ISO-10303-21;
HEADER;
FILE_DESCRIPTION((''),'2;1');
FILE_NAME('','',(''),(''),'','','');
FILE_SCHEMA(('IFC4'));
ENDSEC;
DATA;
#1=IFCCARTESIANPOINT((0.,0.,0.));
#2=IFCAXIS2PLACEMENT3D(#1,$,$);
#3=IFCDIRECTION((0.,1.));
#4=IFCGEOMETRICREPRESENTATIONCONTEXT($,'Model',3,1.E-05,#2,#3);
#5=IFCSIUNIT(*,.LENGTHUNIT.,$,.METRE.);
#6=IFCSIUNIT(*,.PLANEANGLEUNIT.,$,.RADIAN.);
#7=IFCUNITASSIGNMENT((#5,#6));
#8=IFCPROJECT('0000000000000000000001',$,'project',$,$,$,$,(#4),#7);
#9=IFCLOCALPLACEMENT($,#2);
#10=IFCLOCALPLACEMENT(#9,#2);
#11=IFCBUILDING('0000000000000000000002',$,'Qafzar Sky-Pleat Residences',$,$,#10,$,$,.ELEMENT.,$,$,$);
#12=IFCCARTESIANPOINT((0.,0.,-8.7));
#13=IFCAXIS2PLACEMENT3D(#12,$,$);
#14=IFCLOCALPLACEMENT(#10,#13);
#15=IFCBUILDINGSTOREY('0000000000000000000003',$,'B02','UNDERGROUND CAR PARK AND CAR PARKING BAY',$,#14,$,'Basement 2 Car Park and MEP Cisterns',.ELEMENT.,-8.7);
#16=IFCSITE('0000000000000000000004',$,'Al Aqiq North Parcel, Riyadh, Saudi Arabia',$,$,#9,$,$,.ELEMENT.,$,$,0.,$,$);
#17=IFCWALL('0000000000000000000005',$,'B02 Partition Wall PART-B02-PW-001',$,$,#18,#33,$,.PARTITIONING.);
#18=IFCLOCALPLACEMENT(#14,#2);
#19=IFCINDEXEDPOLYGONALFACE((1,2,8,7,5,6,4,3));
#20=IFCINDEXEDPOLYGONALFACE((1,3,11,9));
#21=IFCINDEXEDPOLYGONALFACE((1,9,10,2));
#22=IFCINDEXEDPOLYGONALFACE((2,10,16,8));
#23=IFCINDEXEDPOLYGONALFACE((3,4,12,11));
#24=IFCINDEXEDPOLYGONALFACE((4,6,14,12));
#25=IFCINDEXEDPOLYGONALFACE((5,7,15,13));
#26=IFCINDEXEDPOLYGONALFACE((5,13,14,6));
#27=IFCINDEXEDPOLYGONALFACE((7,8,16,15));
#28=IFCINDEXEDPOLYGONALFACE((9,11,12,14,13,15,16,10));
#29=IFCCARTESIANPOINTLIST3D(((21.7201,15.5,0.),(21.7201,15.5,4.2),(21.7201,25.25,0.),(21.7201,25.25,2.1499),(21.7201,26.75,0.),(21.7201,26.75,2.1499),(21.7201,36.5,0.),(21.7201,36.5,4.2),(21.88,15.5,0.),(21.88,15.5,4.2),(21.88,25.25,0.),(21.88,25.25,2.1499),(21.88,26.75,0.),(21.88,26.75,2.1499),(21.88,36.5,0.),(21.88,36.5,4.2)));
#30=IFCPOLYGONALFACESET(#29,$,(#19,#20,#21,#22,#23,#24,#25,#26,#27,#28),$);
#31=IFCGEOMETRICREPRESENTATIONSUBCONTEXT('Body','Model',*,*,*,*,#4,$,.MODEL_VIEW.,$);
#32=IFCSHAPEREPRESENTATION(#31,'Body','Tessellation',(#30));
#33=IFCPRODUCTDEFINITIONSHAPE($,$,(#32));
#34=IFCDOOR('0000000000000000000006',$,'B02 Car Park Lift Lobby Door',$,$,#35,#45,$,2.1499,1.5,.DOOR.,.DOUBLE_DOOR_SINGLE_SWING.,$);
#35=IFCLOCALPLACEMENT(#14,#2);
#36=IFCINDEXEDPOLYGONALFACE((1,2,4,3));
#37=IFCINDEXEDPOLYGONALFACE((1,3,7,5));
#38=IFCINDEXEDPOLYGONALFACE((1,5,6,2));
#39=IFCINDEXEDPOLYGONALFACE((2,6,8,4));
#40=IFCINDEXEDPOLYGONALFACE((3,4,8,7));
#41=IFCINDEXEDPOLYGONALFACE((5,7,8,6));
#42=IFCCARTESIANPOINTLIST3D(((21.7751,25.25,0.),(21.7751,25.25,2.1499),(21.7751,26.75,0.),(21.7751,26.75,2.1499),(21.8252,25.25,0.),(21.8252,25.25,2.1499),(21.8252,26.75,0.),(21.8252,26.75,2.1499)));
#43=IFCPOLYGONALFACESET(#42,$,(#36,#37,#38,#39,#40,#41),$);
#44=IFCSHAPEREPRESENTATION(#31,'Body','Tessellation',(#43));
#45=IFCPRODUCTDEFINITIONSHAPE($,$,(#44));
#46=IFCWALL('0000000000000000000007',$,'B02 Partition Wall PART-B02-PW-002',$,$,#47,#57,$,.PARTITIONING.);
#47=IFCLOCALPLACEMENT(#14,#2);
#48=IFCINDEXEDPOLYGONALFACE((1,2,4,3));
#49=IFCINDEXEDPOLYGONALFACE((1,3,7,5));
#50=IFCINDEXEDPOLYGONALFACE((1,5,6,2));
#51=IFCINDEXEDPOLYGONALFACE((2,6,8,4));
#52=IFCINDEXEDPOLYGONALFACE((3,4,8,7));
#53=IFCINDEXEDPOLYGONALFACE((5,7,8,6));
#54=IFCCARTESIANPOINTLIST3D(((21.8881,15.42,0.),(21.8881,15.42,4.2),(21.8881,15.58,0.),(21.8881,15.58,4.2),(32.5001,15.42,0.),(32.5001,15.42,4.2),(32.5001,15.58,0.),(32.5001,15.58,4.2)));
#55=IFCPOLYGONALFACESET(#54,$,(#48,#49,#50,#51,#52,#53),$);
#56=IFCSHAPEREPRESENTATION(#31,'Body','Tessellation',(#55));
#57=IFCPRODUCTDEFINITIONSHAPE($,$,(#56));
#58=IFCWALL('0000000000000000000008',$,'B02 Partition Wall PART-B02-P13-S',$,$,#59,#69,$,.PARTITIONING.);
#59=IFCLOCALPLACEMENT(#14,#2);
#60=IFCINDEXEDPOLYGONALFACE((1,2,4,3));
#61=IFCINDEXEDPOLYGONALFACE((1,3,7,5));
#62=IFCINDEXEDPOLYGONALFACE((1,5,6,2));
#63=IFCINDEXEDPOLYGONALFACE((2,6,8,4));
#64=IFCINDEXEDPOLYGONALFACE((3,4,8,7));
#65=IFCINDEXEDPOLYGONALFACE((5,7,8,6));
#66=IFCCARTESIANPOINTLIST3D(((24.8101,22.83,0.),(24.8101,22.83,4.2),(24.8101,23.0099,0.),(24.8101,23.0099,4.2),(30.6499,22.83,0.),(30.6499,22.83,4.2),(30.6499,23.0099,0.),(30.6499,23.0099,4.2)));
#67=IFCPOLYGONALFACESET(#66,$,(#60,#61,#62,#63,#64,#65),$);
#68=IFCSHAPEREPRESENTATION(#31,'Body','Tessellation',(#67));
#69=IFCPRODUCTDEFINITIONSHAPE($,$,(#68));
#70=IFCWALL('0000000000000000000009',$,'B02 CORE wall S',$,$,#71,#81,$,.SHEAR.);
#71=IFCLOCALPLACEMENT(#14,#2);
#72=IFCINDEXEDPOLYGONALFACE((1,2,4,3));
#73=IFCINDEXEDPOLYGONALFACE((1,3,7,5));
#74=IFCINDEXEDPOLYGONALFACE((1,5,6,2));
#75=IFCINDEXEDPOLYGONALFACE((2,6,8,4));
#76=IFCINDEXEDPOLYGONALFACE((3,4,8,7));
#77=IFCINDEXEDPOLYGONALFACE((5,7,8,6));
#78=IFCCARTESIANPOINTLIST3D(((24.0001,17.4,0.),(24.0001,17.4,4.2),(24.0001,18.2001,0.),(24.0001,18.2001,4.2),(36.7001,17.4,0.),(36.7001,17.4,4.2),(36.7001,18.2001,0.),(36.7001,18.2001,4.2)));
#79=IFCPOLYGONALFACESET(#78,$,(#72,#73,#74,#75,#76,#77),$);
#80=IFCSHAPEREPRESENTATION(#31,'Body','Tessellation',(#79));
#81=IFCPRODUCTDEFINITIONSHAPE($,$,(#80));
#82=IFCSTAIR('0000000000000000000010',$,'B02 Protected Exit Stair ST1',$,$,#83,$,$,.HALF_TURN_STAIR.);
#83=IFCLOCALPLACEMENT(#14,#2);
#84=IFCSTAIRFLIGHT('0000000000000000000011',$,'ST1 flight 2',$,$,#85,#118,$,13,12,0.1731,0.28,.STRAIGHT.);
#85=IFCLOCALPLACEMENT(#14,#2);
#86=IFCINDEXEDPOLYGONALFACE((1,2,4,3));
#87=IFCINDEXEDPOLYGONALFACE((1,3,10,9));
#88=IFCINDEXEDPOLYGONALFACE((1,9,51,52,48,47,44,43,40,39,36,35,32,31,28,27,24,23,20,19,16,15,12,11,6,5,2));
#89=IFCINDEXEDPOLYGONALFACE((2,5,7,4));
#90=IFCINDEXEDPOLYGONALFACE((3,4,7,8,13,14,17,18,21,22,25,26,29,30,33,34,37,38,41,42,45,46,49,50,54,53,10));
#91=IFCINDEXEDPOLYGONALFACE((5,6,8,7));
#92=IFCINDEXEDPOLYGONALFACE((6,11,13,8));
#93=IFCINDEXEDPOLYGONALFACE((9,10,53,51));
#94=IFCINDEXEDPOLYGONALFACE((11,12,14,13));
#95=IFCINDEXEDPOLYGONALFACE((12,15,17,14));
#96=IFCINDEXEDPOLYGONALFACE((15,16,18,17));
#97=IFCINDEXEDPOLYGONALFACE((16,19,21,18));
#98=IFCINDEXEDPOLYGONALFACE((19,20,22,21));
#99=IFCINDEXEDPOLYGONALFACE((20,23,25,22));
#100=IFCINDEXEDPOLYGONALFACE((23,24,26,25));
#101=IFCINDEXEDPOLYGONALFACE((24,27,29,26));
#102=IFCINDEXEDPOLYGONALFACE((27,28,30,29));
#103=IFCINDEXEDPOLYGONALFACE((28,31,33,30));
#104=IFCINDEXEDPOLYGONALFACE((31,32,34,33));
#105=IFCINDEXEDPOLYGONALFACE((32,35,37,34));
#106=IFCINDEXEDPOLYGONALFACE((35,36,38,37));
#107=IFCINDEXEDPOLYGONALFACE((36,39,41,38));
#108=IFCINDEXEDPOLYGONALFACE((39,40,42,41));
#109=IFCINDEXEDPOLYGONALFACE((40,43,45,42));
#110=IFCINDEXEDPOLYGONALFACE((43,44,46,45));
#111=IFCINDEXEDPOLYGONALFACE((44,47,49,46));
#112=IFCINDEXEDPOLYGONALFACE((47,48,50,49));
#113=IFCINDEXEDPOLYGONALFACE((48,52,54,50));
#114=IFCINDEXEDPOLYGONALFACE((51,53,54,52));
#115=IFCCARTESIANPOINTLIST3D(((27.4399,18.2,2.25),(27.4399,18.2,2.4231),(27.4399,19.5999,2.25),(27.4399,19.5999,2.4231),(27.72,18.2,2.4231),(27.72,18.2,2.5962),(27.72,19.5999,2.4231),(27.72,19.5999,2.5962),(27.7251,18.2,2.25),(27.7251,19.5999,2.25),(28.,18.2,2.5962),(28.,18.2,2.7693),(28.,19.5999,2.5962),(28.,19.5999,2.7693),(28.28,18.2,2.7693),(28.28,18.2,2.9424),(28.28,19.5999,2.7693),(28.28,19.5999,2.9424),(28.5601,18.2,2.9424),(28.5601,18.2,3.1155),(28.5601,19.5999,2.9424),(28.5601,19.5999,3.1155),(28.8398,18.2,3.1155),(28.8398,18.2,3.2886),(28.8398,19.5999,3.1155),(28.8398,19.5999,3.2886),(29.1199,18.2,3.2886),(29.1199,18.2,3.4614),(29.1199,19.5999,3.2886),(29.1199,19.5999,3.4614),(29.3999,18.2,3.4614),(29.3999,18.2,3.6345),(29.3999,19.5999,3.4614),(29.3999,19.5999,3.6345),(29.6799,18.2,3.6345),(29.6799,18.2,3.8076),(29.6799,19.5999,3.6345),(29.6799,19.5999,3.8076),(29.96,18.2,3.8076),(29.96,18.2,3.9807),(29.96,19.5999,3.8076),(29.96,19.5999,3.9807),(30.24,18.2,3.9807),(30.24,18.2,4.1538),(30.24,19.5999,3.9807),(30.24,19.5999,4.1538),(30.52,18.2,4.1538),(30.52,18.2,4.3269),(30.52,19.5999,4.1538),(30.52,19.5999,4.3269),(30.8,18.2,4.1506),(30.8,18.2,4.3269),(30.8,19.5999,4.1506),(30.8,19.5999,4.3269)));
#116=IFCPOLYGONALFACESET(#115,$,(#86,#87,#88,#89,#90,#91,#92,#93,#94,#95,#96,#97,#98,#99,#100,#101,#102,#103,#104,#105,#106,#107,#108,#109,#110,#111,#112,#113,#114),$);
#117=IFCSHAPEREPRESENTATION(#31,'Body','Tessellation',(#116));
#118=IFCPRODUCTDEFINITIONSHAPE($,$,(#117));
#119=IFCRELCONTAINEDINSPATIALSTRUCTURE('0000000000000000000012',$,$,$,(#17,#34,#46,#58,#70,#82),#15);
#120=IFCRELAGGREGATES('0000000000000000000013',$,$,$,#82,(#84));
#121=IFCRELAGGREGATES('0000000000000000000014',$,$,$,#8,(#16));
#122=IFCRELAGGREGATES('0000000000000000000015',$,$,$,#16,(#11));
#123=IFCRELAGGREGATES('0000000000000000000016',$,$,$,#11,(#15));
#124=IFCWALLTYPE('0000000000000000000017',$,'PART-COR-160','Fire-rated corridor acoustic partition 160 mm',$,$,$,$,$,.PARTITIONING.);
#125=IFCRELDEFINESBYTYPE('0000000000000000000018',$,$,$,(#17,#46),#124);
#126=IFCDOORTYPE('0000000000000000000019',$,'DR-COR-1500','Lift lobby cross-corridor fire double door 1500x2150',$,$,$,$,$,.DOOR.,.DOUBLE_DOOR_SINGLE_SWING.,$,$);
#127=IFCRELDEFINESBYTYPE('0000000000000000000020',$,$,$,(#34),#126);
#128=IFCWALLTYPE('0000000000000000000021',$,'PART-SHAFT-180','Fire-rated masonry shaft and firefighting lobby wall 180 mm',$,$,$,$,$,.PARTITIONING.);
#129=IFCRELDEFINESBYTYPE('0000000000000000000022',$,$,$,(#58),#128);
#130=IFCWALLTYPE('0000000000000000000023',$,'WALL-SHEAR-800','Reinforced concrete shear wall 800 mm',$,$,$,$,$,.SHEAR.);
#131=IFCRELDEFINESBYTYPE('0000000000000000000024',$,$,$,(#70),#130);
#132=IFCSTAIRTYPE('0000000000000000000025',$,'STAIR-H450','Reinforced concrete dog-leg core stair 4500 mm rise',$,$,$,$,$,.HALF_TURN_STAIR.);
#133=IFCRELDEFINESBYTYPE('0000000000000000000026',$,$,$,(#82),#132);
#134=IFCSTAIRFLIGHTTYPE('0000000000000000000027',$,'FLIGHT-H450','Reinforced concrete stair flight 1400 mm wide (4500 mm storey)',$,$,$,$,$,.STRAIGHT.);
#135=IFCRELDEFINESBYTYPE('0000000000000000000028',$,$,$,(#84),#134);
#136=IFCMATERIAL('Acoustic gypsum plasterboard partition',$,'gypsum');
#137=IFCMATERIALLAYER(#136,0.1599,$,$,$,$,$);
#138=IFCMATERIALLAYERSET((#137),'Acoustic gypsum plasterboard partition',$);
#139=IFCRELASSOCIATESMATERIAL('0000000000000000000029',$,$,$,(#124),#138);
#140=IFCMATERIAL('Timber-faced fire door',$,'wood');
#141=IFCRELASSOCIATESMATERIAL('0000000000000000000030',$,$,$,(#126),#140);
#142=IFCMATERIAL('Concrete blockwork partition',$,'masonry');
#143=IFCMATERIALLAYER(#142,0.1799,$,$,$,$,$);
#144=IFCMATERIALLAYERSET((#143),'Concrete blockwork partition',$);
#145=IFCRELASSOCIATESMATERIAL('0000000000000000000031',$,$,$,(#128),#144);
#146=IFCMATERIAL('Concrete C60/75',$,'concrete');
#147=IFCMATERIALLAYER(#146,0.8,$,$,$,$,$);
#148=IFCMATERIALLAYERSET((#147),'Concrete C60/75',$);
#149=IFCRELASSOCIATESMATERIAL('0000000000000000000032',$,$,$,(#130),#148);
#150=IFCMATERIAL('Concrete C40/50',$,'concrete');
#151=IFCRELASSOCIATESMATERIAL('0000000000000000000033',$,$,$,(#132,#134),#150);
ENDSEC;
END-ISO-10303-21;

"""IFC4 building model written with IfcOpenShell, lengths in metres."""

from ifc_helpers import new_model, si_unit, direction, frame, frame_2d, origin, place, context, subcontext, project, spatial, polyline, rectangle, outline, extrude, source, transform, mapped, material, layer, layer_set, type_object, element, fill, aggregate, save


model = new_model("IFC4")

# Units and contexts
model_context = context("Model", 3, precision=1e-05, world=origin(), true_north=direction((0.0, 1.0)))
body_context = subcontext(model_context, "Body", "Model", "MODEL_VIEW")
ifc_project = project(units=[si_unit("LENGTHUNIT", "METRE"), si_unit("PLANEANGLEUNIT", "RADIAN")], contexts=[model_context])

# Site, building, storey
site_placement = place(None, origin())
site = spatial("IfcSite", under=ifc_project, at=site_placement, Name="Al Aqiq North Parcel, Riyadh, Saudi Arabia", CompositionType="ELEMENT", RefElevation=0.0)
building_placement = place(site_placement, origin())
building = spatial("IfcBuilding", under=site, at=building_placement, Name="Qafzar Sky-Pleat Residences", CompositionType="ELEMENT")
storey_placement = place(building_placement, frame((0.0, 0.0, -8.7)))
storey = spatial("IfcBuildingStorey", under=building, at=storey_placement, Name="B02", Description="UNDERGROUND CAR PARK AND CAR PARKING BAY", LongName="Basement 2 Car Park and MEP Cisterns", CompositionType="ELEMENT", Elevation=-8.7)

# Shared definitions
ifc_material_1 = material(Name="Concrete C60/75", Category="concrete")

# Wall, opening, door
ifc_material_2 = material(Name="Acoustic gypsum plasterboard partition", Category="gypsum")
ifc_layer_1 = layer(ifc_material_2, 0.1599)
ifc_layer_set_1 = layer_set([ifc_layer_1], Name="Acoustic gypsum plasterboard partition")
wall_type_1 = type_object("IfcWallType", Name="PART-COR-160", Description="Fire-rated corridor acoustic partition 160 mm", PredefinedType="PARTITIONING", material=ifc_layer_set_1)
wall_1_placement = place(storey_placement, frame((21.8, 15.5, 0.0), z_axis=(0.0, 0.0, 1.0), x_axis=(0.0, 1.0, 0.0)))
wall_1 = element("IfcWall", 1, at=wall_1_placement, inside=storey, type_object=wall_type_1, Name="B02 Partition Wall PART-B02-PW-001", PredefinedType="PARTITIONING", context=body_context, shape_type="SweptSolid", body=[
    extrude(rectangle(XDim=21.0, YDim=0.1599, at=frame_2d((10.5, 0.0))), origin(), (0.0, 0.0, 1.0), 4.2),
])
opening_1_placement = place(wall_1_placement, frame((9.75, 0.0, 0.0)))
opening_1 = element("IfcOpeningElement", 2, at=opening_1_placement, cuts=wall_1, PredefinedType="OPENING", context=body_context, shape_type="SweptSolid", body=[
    extrude(rectangle(XDim=1.5, YDim=2.1499, at=frame_2d((0.75, 1.075))), frame((0.0, 0.0898, 0.0), z_axis=(0.0, -1.0, 0.0), x_axis=(1.0, 0.0, 0.0)), (0.0, 0.0, 1.0), 0.1799),
])
ifc_material_3 = material(Name="Timber-faced fire door", Category="wood")
door_type_1 = type_object("IfcDoorType", Name="DR-COR-1500", Description="Lift lobby cross-corridor fire double door 1500x2150", OperationType="DOUBLE_DOOR_SINGLE_SWING", PredefinedType="DOOR", material=ifc_material_3)
shared_shape_1 = source(origin(), body_context, "Body", "SweptSolid", [
    extrude(rectangle(XDim=1.5, YDim=2.1499, at=frame_2d((0.75, 1.075))), frame((0.0, 0.0249, 0.0), z_axis=(0.0, -1.0, 0.0), x_axis=(1.0, 0.0, 0.0)), (0.0, 0.0, 1.0), 0.05),
])
door_1_placement = place(opening_1_placement, origin())
door_1 = element("IfcDoor", 3, at=door_1_placement, inside=storey, type_object=door_type_1, Name="B02 Car Park Lift Lobby Door", OperationType="DOUBLE_DOOR_SINGLE_SWING", OverallHeight=2.1499, OverallWidth=1.5, PredefinedType="DOOR", context=body_context, shape_type="MappedRepresentation", body=[
    mapped(shared_shape_1, transform((0.0, 0.0, 0.0), x_axis=(1.0, 0.0, 0.0), y_axis=(0.0, 1.0, 0.0), z_axis=(0.0, 0.0, 1.0), scale=1.0)),
])
fill(opening_1, door_1)

# Walls
wall_2_placement = place(storey_placement, frame((21.8879, 15.5, 0.0), z_axis=(0.0, 0.0, 1.0), x_axis=(1.0, 0.0, 0.0)))
element("IfcWall", 4, at=wall_2_placement, inside=storey, type_object=wall_type_1, Name="B02 Partition Wall PART-B02-PW-002", PredefinedType="PARTITIONING", context=body_context, shape_type="SweptSolid", body=[
    extrude(rectangle(XDim=10.6121, YDim=0.1599, at=frame_2d((5.3062, 0.0))), origin(), (0.0, 0.0, 1.0), 4.2),
])
ifc_material_4 = material(Name="Concrete blockwork partition", Category="masonry")
ifc_layer_2 = layer(ifc_material_4, 0.1799)
ifc_layer_set_2 = layer_set([ifc_layer_2], Name="Concrete blockwork partition")
wall_type_2 = type_object("IfcWallType", Name="PART-SHAFT-180", Description="Fire-rated masonry shaft and firefighting lobby wall 180 mm", PredefinedType="PARTITIONING", material=ifc_layer_set_2)
wall_3_placement = place(storey_placement, frame((24.8101, 22.9199, 0.0), z_axis=(0.0, 0.0, 1.0), x_axis=(1.0, 0.0, 0.0)))
element("IfcWall", 5, at=wall_3_placement, inside=storey, type_object=wall_type_2, Name="B02 Partition Wall PART-B02-P13-S", PredefinedType="PARTITIONING", context=body_context, shape_type="SweptSolid", body=[
    extrude(rectangle(XDim=5.8398, YDim=0.1799, at=frame_2d((2.9199, 0.0))), origin(), (0.0, 0.0, 1.0), 4.2),
])

# Wall
ifc_layer_3 = layer(ifc_material_1, 0.8)
ifc_layer_set_3 = layer_set([ifc_layer_3], Name="Concrete C60/75")
wall_type_3 = type_object("IfcWallType", Name="WALL-SHEAR-800", Description="Reinforced concrete shear wall 800 mm", PredefinedType="SHEAR", material=ifc_layer_set_3)
wall_4_placement = place(storey_placement, frame((24.0, 17.8, 0.0), z_axis=(0.0, 0.0, 1.0), x_axis=(1.0, 0.0, 0.0)))
element("IfcWall", 6, at=wall_4_placement, inside=storey, type_object=wall_type_3, Name="B02 CORE wall S", PredefinedType="SHEAR", context=body_context, shape_type="SweptSolid", body=[
    extrude(rectangle(XDim=12.7, YDim=0.8, at=frame_2d((6.3501, 0.0))), origin(), (0.0, 0.0, 1.0), 4.2),
])

# Stair, stair flight
ifc_material_5 = material(Name="Concrete C40/50", Category="concrete")
stair_type = type_object("IfcStairType", Name="STAIR-H450", Description="Reinforced concrete dog-leg core stair 4500 mm rise", PredefinedType="HALF_TURN_STAIR", material=ifc_material_5)
stair_placement = place(storey_placement, origin())
stair = element("IfcStair", 7, at=stair_placement, inside=storey, type_object=stair_type, Name="B02 Protected Exit Stair ST1", PredefinedType="HALF_TURN_STAIR")
stair_flight_type = type_object("IfcStairFlightType", Name="FLIGHT-H450", Description="Reinforced concrete stair flight 1400 mm wide (4500 mm storey)", PredefinedType="STRAIGHT", material=ifc_material_5)
shared_shape_2 = source(origin(), body_context, "Body", "SweptSolid", [
    extrude(outline(polyline([(0.0, 0.0), (0.0, 0.1731), (0.28, 0.1731), (0.28, 0.3462), (0.5601, 0.3462), (0.5601, 0.5193), (0.8401, 0.5193), (0.8401, 0.6924), (1.1201, 0.6924), (1.1201, 0.8655), (1.3999, 0.8655), (1.3999, 1.0386), (1.6799, 1.0386), (1.6799, 1.2114), (1.96, 1.2114), (1.96, 1.3845), (2.24, 1.3845), (2.24, 1.5576), (2.52, 1.5576), (2.52, 1.7307), (2.8, 1.7307), (2.8, 1.9038), (3.0801, 1.9038), (3.0801, 2.0769), (3.3601, 2.0769), (3.3601, 2.25), (3.3601, 1.9006), (0.2852, 0.0), (0.0, 0.0)])), frame((0.0, 0.7, 0.0), z_axis=(0.0, -1.0, 0.0), x_axis=(1.0, 0.0, 0.0)), (0.0, 0.0, 1.0), 1.3999),
])
stair_flight_placement = place(storey_placement, frame((27.4399, 18.8999, 2.25), z_axis=(0.0, 0.0, 1.0), x_axis=(1.0, 0.0, 0.0)))
stair_flight = element("IfcStairFlight", 8, at=stair_flight_placement, type_object=stair_flight_type, Name="ST1 flight 2", NumberOfRisers=13, NumberOfTreads=12, PredefinedType="STRAIGHT", RiserHeight=0.1731, TreadLength=0.28, context=body_context, shape_type="MappedRepresentation", body=[
    mapped(shared_shape_2, transform((0.0, 0.0, 0.0), x_axis=(1.0, 0.0, 0.0), y_axis=(0.0, 1.0, 0.0), z_axis=(0.0, 0.0, 1.0), scale=1.0)),
])
aggregate(stair, [stair_flight])

save(model, "model.ifc")
